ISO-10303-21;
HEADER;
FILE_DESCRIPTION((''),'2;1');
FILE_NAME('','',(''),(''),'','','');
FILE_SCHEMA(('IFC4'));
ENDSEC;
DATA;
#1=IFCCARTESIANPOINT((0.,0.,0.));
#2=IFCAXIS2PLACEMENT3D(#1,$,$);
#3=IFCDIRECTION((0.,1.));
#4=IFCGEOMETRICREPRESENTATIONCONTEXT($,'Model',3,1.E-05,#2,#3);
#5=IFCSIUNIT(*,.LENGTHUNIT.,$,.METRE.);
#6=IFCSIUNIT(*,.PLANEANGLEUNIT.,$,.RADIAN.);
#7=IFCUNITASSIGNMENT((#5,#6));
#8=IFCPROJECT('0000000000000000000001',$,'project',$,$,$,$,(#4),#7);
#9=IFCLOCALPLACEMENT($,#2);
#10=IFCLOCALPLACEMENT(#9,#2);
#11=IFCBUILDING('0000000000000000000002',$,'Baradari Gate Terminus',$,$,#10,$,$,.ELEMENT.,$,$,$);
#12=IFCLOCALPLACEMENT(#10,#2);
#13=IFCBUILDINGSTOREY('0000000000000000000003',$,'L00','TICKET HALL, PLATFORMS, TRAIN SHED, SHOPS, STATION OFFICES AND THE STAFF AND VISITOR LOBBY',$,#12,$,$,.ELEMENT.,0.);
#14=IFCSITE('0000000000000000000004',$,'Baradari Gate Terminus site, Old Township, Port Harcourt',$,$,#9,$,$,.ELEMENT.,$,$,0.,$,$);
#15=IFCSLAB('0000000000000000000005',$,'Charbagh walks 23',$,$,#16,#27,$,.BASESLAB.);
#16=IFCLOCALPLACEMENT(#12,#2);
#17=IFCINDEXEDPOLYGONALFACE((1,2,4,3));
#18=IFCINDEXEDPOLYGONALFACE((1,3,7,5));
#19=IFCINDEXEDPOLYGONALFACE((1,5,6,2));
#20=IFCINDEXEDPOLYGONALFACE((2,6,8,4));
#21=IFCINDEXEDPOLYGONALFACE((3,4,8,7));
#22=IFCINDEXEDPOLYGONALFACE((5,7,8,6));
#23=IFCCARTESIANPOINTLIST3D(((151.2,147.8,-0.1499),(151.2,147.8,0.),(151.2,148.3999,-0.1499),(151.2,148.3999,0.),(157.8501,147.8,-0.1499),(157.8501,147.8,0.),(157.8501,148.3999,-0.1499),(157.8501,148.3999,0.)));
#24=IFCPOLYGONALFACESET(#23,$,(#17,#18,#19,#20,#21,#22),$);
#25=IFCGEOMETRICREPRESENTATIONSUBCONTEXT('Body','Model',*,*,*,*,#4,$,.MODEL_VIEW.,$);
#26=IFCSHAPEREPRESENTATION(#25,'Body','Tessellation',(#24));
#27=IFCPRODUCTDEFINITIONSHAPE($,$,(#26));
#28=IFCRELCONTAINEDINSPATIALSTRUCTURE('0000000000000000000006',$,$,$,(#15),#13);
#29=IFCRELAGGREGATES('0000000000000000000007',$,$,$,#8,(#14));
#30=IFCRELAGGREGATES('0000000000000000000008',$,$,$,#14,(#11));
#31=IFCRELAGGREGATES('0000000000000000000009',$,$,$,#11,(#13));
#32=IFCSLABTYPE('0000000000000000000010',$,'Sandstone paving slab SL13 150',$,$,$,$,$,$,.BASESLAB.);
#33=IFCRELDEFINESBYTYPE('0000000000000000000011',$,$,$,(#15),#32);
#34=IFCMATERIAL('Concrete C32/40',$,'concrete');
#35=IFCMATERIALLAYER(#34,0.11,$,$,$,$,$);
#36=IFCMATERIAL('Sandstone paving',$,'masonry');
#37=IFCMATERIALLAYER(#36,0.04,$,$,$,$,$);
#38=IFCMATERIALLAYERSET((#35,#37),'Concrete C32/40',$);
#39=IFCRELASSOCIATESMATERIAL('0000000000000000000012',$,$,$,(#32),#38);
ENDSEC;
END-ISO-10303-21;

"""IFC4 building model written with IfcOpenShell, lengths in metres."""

from ifc_helpers import new_model, si_unit, direction, frame, origin, place, context, subcontext, project, spatial, polyline, outline, extrude, material, layer, layer_set, type_object, element, save


model = new_model("IFC4")

# Units and contexts
model_context = context("Model", 3, precision=1e-05, world=origin(), true_north=direction((0.0, 1.0)))
body_context = subcontext(model_context, "Body", "Model", "MODEL_VIEW")
ifc_project = project(units=[si_unit("LENGTHUNIT", "METRE"), si_unit("PLANEANGLEUNIT", "RADIAN")], contexts=[model_context])

# Site, building, storey
site_placement = place(None, origin())
site = spatial("IfcSite", under=ifc_project, at=site_placement, Name="Baradari Gate Terminus site, Old Township, Port Harcourt", CompositionType="ELEMENT", RefElevation=0.0)
building_placement = place(site_placement, origin())
building = spatial("IfcBuilding", under=site, at=building_placement, Name="Baradari Gate Terminus", CompositionType="ELEMENT")
storey_placement = place(building_placement, origin())
storey = spatial("IfcBuildingStorey", under=building, at=storey_placement, Name="L00", Description="TICKET HALL, PLATFORMS, TRAIN SHED, SHOPS, STATION OFFICES AND THE STAFF AND VISITOR LOBBY", CompositionType="ELEMENT", Elevation=0.0)

# Slab
ifc_material_1 = material(Name="Concrete C32/40", Category="concrete")
ifc_layer_1 = layer(ifc_material_1, 0.11)
ifc_material_2 = material(Name="Sandstone paving", Category="masonry")
ifc_layer_2 = layer(ifc_material_2, 0.04)
ifc_layer_set_1 = layer_set([ifc_layer_1, ifc_layer_2], Name="Concrete C32/40")
slab_type_1 = type_object("IfcSlabType", Name="Sandstone paving slab SL13 150", PredefinedType="BASESLAB", material=ifc_layer_set_1)
slab_1_placement = place(storey_placement, frame((0.0, 0.0, -0.1499)))
element("IfcSlab", 1, at=slab_1_placement, inside=storey, type_object=slab_type_1, Name="Charbagh walks 23", PredefinedType="BASESLAB", context=body_context, shape_type="SweptSolid", body=[
    extrude(outline(polyline([(157.8501, 147.8), (157.8501, 148.3999), (151.2, 148.3999), (151.2, 147.8), (157.8501, 147.8)])), origin(), (0.0, 0.0, 1.0), 0.1499),
])

save(model, "model.ifc")
